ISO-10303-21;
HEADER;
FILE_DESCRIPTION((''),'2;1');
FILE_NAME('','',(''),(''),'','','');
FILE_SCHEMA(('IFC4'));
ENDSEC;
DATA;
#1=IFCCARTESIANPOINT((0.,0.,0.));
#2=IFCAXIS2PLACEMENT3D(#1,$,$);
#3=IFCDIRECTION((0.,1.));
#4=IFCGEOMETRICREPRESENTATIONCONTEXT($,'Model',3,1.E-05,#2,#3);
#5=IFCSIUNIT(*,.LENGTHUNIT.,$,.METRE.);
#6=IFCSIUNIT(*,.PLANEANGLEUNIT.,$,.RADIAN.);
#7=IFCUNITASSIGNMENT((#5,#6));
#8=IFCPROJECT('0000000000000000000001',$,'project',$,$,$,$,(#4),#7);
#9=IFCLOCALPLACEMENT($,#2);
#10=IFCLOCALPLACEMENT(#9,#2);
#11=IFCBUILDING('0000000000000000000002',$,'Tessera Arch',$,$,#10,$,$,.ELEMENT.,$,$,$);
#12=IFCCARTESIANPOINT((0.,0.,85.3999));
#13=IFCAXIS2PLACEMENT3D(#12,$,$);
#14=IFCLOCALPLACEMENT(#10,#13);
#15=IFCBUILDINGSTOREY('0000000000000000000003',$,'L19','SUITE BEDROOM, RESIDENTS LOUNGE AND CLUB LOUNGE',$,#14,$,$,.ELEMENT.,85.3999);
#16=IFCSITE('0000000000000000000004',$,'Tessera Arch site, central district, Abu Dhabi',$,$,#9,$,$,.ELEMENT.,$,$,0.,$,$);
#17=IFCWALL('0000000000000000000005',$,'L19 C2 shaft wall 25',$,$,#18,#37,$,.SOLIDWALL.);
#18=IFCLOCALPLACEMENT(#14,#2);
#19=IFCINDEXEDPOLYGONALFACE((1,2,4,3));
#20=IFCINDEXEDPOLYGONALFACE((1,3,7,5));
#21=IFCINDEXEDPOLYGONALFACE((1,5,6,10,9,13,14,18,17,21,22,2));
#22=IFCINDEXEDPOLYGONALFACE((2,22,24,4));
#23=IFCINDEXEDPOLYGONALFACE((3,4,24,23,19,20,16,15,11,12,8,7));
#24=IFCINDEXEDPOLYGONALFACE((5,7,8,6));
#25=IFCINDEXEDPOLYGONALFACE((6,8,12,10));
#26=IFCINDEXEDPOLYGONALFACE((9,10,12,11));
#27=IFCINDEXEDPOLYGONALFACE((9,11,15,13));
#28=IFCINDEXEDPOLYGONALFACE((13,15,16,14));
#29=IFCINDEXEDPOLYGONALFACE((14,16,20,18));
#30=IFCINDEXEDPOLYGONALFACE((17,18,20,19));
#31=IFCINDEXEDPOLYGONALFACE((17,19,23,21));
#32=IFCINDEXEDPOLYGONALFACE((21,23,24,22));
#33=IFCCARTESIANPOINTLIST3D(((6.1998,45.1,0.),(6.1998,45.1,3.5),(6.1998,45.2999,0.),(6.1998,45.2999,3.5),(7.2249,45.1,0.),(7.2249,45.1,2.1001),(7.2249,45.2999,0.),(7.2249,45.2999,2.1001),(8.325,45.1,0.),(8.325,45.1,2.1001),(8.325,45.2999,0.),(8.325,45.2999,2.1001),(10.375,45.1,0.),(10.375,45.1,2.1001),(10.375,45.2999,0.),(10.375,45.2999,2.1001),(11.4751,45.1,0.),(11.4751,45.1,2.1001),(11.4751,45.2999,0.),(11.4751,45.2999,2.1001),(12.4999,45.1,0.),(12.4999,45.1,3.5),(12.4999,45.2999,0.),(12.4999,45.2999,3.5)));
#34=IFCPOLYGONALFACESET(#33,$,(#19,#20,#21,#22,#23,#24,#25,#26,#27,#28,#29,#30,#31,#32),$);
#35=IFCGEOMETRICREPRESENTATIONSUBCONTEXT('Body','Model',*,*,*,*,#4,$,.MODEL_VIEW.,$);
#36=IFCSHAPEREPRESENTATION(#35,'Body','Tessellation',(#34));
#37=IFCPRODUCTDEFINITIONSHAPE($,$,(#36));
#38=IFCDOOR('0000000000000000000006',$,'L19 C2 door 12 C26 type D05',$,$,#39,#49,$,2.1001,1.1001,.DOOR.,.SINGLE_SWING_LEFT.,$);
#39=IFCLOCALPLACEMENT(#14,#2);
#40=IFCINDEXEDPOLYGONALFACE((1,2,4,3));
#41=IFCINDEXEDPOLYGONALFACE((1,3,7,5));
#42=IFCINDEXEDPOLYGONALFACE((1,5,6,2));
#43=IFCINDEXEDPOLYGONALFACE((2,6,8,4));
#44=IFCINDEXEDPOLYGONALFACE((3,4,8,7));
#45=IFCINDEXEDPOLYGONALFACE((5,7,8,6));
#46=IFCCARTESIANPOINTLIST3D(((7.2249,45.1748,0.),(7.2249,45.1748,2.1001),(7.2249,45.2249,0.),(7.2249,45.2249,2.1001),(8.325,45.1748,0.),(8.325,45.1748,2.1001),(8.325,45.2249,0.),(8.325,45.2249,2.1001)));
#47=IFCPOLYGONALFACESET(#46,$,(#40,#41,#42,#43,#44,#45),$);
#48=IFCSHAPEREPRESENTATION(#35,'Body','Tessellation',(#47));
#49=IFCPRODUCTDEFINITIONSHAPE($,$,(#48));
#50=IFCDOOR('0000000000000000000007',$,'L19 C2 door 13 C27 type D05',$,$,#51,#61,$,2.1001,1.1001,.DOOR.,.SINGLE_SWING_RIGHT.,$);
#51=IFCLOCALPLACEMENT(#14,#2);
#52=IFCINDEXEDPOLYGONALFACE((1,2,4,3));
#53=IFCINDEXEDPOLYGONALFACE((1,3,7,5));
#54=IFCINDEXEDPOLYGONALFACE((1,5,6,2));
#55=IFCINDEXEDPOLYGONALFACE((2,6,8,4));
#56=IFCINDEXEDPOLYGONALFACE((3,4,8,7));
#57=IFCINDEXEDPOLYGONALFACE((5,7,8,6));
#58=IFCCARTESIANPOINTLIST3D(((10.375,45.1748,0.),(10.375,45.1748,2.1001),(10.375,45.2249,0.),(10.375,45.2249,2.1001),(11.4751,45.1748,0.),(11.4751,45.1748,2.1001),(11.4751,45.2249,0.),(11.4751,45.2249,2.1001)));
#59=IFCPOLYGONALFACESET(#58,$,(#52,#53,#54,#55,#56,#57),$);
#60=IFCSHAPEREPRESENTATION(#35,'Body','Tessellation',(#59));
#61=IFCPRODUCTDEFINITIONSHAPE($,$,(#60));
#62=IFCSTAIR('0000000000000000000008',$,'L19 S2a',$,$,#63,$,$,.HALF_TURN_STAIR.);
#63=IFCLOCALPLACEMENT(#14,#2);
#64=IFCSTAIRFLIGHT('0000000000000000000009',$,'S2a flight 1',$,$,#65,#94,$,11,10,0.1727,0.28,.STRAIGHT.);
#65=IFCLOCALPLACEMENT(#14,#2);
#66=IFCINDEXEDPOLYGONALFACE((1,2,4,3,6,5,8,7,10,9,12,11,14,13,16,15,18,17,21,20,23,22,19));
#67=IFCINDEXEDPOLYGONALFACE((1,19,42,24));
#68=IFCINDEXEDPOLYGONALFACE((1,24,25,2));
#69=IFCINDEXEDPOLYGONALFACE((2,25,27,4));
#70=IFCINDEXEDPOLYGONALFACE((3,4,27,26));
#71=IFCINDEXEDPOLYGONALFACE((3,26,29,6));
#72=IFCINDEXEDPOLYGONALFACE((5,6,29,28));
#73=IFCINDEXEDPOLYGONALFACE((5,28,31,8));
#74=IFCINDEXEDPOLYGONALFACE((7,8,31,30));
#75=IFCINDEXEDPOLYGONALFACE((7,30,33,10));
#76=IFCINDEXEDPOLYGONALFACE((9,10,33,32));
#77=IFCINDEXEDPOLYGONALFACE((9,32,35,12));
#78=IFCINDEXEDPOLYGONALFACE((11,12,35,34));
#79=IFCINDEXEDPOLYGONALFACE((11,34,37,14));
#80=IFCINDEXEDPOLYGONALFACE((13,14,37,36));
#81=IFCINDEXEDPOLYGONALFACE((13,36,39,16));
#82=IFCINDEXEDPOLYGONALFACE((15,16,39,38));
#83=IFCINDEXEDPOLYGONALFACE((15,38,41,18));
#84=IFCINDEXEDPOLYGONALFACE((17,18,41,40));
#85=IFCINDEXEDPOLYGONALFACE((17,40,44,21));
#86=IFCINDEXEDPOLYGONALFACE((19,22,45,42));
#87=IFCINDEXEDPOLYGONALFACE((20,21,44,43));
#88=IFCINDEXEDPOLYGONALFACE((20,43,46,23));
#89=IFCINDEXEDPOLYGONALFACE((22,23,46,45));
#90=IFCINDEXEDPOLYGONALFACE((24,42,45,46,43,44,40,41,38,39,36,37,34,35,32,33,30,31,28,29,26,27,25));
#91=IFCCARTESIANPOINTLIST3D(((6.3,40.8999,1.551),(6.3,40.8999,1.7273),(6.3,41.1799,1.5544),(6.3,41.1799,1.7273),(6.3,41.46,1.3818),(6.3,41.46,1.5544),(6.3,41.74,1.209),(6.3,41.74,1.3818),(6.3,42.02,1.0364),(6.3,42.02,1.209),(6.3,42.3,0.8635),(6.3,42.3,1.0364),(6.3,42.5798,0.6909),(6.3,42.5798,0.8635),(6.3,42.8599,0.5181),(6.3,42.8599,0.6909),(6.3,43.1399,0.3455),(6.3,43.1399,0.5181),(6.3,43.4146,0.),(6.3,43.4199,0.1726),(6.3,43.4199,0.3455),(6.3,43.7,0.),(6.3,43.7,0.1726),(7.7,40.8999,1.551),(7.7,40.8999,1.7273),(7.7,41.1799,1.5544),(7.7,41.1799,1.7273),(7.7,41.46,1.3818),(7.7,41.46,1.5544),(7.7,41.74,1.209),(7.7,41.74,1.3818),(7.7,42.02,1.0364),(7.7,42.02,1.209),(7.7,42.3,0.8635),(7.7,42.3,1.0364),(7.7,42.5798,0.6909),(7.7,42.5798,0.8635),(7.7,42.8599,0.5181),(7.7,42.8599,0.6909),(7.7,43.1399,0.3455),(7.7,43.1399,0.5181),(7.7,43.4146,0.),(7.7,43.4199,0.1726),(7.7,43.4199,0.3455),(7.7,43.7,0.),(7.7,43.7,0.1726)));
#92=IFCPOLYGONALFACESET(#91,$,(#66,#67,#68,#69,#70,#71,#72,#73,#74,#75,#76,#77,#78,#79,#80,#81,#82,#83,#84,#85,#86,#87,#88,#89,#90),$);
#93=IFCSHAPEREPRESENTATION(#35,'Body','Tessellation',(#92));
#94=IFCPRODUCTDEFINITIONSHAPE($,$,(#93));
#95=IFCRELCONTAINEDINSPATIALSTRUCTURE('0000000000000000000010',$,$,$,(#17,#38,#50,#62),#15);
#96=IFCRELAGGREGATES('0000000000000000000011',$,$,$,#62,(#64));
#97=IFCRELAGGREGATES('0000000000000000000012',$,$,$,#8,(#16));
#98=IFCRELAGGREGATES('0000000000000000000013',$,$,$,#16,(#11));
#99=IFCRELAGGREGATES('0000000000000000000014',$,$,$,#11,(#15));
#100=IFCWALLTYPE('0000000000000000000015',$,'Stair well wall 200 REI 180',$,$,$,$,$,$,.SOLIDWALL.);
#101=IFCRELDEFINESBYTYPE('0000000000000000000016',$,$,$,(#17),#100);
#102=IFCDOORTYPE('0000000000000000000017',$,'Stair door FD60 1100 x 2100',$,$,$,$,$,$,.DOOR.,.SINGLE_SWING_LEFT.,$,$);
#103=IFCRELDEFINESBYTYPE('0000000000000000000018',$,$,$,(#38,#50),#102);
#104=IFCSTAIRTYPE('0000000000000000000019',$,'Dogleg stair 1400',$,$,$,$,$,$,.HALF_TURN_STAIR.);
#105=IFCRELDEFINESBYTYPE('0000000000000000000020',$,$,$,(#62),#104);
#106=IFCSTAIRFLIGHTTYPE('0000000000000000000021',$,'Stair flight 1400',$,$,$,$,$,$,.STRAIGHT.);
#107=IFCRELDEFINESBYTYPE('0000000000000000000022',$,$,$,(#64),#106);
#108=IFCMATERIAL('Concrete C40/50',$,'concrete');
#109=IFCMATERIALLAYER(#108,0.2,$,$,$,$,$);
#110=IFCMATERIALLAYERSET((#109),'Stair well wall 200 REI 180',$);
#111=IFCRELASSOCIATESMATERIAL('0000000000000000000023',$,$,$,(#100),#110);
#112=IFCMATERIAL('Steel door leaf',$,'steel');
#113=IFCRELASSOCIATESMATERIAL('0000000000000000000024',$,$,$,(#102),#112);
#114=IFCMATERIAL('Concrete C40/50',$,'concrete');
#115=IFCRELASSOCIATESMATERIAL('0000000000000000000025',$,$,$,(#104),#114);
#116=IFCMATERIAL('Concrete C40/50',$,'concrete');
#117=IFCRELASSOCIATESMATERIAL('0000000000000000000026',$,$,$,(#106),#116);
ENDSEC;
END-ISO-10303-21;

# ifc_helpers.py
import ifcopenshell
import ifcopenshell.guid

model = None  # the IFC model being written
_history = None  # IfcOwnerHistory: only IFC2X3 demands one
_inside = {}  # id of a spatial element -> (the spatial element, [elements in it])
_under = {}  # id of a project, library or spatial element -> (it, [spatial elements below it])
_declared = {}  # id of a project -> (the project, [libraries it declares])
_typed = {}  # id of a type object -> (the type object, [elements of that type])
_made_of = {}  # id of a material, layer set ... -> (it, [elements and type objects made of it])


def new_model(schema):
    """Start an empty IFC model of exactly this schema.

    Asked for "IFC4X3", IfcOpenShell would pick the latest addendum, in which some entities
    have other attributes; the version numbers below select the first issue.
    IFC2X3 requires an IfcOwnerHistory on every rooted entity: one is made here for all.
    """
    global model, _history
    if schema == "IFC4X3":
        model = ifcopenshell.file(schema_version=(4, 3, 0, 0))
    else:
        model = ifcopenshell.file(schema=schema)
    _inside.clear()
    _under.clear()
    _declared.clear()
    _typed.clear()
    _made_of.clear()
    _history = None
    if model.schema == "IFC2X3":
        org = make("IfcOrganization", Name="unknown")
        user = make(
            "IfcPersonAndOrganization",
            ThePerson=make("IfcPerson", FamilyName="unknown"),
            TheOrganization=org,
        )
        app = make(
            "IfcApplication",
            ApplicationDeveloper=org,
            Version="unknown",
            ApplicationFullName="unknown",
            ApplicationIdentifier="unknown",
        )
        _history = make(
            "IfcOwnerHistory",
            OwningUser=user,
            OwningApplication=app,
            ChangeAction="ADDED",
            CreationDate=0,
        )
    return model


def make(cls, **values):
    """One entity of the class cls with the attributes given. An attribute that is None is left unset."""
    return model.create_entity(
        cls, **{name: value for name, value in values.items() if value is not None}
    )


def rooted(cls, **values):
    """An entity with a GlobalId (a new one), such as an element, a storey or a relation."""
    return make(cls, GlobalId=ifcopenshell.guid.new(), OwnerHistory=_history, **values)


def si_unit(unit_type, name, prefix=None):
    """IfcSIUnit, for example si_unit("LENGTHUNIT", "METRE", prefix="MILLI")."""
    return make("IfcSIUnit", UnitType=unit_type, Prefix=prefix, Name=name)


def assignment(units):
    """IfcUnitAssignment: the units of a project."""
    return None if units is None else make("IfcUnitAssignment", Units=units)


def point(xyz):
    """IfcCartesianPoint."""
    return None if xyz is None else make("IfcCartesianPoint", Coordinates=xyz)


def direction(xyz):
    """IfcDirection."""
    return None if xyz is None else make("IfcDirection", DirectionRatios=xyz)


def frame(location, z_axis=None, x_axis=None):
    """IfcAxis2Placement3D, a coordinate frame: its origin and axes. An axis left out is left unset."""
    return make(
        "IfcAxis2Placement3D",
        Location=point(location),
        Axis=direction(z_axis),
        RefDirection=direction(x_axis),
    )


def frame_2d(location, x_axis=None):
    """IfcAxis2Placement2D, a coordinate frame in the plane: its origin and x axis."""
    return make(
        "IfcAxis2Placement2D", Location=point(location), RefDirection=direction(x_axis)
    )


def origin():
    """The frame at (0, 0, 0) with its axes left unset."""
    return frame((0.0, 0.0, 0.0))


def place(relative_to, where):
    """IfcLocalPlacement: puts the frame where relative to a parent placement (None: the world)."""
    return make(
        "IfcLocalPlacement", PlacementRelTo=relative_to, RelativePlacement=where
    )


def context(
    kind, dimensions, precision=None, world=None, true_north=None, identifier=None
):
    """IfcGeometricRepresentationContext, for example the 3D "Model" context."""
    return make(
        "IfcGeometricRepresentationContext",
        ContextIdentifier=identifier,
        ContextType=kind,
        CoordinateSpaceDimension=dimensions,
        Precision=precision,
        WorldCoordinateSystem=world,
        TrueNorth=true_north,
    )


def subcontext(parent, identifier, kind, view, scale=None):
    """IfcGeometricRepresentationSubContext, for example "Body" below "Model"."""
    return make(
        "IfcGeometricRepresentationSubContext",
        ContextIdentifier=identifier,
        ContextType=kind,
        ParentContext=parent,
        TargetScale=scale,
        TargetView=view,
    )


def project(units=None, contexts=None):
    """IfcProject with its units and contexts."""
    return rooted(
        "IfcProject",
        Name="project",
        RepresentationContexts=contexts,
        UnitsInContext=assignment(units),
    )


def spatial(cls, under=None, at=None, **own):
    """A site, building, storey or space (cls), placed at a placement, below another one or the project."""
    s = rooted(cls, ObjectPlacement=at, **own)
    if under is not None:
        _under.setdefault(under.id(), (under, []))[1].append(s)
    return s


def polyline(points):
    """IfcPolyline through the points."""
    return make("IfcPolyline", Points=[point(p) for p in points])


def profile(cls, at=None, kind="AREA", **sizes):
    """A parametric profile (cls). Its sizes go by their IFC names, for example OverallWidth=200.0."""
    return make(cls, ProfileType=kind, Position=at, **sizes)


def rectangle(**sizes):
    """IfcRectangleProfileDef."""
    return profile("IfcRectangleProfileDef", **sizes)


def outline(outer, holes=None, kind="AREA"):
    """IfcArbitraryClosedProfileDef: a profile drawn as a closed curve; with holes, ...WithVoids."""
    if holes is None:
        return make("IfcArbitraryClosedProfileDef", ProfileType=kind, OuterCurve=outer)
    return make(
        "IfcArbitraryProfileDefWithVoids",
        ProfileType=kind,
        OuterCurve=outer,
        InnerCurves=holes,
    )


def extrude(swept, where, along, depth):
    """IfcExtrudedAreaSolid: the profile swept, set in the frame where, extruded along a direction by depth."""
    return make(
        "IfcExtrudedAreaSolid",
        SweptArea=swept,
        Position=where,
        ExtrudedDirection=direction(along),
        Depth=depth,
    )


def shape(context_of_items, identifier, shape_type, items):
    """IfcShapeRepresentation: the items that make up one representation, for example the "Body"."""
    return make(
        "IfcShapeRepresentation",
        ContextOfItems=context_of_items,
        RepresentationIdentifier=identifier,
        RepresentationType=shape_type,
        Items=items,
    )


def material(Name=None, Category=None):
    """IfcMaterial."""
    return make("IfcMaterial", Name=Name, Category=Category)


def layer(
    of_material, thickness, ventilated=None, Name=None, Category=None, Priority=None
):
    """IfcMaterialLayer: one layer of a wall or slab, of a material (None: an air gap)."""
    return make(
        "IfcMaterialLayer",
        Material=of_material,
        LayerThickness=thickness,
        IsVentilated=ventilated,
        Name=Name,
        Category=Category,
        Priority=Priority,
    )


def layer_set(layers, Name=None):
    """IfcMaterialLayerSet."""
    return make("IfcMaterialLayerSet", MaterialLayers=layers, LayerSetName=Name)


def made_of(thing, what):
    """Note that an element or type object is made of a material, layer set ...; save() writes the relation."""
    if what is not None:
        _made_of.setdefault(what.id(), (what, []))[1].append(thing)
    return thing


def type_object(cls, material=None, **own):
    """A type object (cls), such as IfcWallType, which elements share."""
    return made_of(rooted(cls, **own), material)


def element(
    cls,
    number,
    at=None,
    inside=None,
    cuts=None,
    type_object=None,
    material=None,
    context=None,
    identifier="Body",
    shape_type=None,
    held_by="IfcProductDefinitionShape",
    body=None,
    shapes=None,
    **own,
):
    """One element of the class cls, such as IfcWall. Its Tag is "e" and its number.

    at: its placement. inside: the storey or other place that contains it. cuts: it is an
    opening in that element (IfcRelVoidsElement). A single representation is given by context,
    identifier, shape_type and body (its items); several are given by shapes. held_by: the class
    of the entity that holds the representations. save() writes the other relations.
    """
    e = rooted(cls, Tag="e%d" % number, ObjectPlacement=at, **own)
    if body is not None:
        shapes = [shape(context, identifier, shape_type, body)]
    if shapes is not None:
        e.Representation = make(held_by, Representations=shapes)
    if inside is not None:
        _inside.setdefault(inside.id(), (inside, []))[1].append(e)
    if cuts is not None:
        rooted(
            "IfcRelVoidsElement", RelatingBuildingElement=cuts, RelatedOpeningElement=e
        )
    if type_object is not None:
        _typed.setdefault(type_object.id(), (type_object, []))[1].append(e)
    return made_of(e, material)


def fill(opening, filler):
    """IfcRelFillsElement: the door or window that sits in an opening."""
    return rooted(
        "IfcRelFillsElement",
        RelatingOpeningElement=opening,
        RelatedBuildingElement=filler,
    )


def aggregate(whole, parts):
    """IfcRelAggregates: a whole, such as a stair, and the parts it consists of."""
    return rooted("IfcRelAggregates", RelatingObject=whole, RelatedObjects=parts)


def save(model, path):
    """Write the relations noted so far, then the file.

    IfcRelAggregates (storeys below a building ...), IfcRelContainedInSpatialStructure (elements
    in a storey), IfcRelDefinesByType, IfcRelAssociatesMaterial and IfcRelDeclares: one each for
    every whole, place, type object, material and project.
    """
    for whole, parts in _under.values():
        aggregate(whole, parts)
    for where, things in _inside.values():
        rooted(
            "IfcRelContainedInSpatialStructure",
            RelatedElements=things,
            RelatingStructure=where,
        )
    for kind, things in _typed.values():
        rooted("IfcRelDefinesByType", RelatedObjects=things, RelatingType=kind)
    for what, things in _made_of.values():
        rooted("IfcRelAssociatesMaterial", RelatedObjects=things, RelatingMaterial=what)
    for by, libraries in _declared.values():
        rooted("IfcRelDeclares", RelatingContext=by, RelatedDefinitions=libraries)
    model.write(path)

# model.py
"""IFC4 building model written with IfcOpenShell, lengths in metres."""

from ifc_helpers import new_model, si_unit, direction, frame, frame_2d, origin, place, context, subcontext, project, spatial, polyline, rectangle, outline, extrude, material, layer, layer_set, type_object, element, fill, aggregate, save


model = new_model("IFC4")

# Units and contexts
model_context = context("Model", 3, precision=1e-05, world=origin(), true_north=direction((0.0, 1.0)))
body_context = subcontext(model_context, "Body", "Model", "MODEL_VIEW")
ifc_project = project(units=[si_unit("LENGTHUNIT", "METRE"), si_unit("PLANEANGLEUNIT", "RADIAN")], contexts=[model_context])

# Site, building, storey
site_placement = place(None, origin())
site = spatial("IfcSite", under=ifc_project, at=site_placement, Name="Tessera Arch site, central district, Abu Dhabi", CompositionType="ELEMENT", RefElevation=0.0)
building_placement = place(site_placement, origin())
building = spatial("IfcBuilding", under=site, at=building_placement, Name="Tessera Arch", CompositionType="ELEMENT")
storey_placement = place(building_placement, frame((0.0, 0.0, 85.3999)))
storey = spatial("IfcBuildingStorey", under=building, at=storey_placement, Name="L19", Description="SUITE BEDROOM, RESIDENTS LOUNGE AND CLUB LOUNGE", CompositionType="ELEMENT", Elevation=85.3999)

# Wall, openings, doors
ifc_material_1 = material(Name="Concrete C40/50", Category="concrete")
ifc_layer_1 = layer(ifc_material_1, 0.2)
ifc_layer_set_1 = layer_set([ifc_layer_1], Name="Stair well wall 200 REI 180")
wall_type_1 = type_object("IfcWallType", Name="Stair well wall 200 REI 180", PredefinedType="SOLIDWALL", material=ifc_layer_set_1)
wall_1_placement = place(storey_placement, frame((6.2, 45.2, 0.0), z_axis=(0.0, 0.0, 1.0), x_axis=(1.0, 0.0, 0.0)))
wall_1 = element("IfcWall", 1, at=wall_1_placement, inside=storey, type_object=wall_type_1, Name="L19 C2 shaft wall 25", PredefinedType="SOLIDWALL", context=body_context, shape_type="SweptSolid", body=[
    extrude(rectangle(XDim=6.3, YDim=0.2, at=frame_2d((3.1499, 0.0))), origin(), (0.0, 0.0, 1.0), 3.5),
])
opening_1_placement = place(wall_1_placement, frame((1.0249, 0.0, 0.0)))
opening_1 = element("IfcOpeningElement", 2, at=opening_1_placement, cuts=wall_1, PredefinedType="OPENING", context=body_context, shape_type="SweptSolid", body=[
    extrude(rectangle(XDim=1.1001, YDim=2.1001, at=frame_2d((0.55, 1.05))), frame((0.0, 0.1099, 0.0), z_axis=(0.0, -1.0, 0.0), x_axis=(1.0, 0.0, 0.0)), (0.0, 0.0, 1.0), 0.22),
])
opening_2_placement = place(wall_1_placement, frame((4.175, 0.0, 0.0)))
opening_2 = element("IfcOpeningElement", 3, at=opening_2_placement, cuts=wall_1, PredefinedType="OPENING", context=body_context, shape_type="SweptSolid", body=[
    extrude(rectangle(XDim=1.1001, YDim=2.1001, at=frame_2d((0.55, 1.05))), frame((0.0, 0.1099, 0.0), z_axis=(0.0, -1.0, 0.0), x_axis=(1.0, 0.0, 0.0)), (0.0, 0.0, 1.0), 0.22),
])
ifc_material_2 = material(Name="Steel door leaf", Category="steel")
door_type_1 = type_object("IfcDoorType", Name="Stair door FD60 1100 x 2100", OperationType="SINGLE_SWING_LEFT", PredefinedType="DOOR", material=ifc_material_2)
door_1_placement = place(opening_1_placement, origin())
door_1 = element("IfcDoor", 4, at=door_1_placement, inside=storey, type_object=door_type_1, Name="L19 C2 door 12 C26 type D05", OperationType="SINGLE_SWING_LEFT", OverallHeight=2.1001, OverallWidth=1.1001, PredefinedType="DOOR", context=body_context, shape_type="SweptSolid", body=[
    extrude(rectangle(XDim=1.1001, YDim=2.1001, at=frame_2d((0.55, 1.05))), frame((0.0, 0.0249, 0.0), z_axis=(0.0, -1.0, 0.0), x_axis=(1.0, 0.0, 0.0)), (0.0, 0.0, 1.0), 0.05),
])
fill(opening_1, door_1)
door_2_placement = place(opening_2_placement, origin())
door_2 = element("IfcDoor", 5, at=door_2_placement, inside=storey, type_object=door_type_1, Name="L19 C2 door 13 C27 type D05", OperationType="SINGLE_SWING_RIGHT", OverallHeight=2.1001, OverallWidth=1.1001, PredefinedType="DOOR", context=body_context, shape_type="SweptSolid", body=[
    extrude(rectangle(XDim=1.1001, YDim=2.1001, at=frame_2d((0.55, 1.05))), frame((0.0, 0.0249, 0.0), z_axis=(0.0, -1.0, 0.0), x_axis=(1.0, 0.0, 0.0)), (0.0, 0.0, 1.0), 0.05),
])
fill(opening_2, door_2)

# Stair, stair flight
ifc_material_3 = material(Name="Concrete C40/50", Category="concrete")
stair_type = type_object("IfcStairType", Name="Dogleg stair 1400", PredefinedType="HALF_TURN_STAIR", material=ifc_material_3)
stair_placement = place(storey_placement, origin())
stair = element("IfcStair", 6, at=stair_placement, inside=storey, type_object=stair_type, Name="L19 S2a", PredefinedType="HALF_TURN_STAIR")
ifc_material_4 = material(Name="Concrete C40/50", Category="concrete")
stair_flight_type = type_object("IfcStairFlightType", Name="Stair flight 1400", PredefinedType="STRAIGHT", material=ifc_material_4)
stair_flight_placement = place(storey_placement, frame((7.0, 43.7, 0.0), z_axis=(0.0, 0.0, 1.0), x_axis=(0.0, -1.0, 0.0)))
stair_flight = element("IfcStairFlight", 7, at=stair_flight_placement, type_object=stair_flight_type, Name="S2a flight 1", NumberOfRisers=11, NumberOfTreads=10, PredefinedType="STRAIGHT", RiserHeight=0.1727, TreadLength=0.28, context=body_context, shape_type="SweptSolid", body=[
    extrude(outline(polyline([(0.0, 0.0), (0.0, 0.1726), (0.28, 0.1726), (0.28, 0.3455), (0.5601, 0.3455), (0.5601, 0.5181), (0.8401, 0.5181), (0.8401, 0.6909), (1.1201, 0.6909), (1.1201, 0.8635), (1.3999, 0.8635), (1.3999, 1.0364), (1.6799, 1.0364), (1.6799, 1.209), (1.96, 1.209), (1.96, 1.3818), (2.24, 1.3818), (2.24, 1.5544), (2.52, 1.5544), (2.52, 1.7273), (2.8, 1.7273), (2.8, 1.8999), (2.8, 1.551), (0.2854, 0.0), (0.0, 0.0)])), frame((0.0, 0.7, 0.0), z_axis=(0.0, -1.0, 0.0), x_axis=(1.0, 0.0, 0.0)), (0.0, 0.0, 1.0), 1.3999),
])
aggregate(stair, [stair_flight])

save(model, "model.ifc")
